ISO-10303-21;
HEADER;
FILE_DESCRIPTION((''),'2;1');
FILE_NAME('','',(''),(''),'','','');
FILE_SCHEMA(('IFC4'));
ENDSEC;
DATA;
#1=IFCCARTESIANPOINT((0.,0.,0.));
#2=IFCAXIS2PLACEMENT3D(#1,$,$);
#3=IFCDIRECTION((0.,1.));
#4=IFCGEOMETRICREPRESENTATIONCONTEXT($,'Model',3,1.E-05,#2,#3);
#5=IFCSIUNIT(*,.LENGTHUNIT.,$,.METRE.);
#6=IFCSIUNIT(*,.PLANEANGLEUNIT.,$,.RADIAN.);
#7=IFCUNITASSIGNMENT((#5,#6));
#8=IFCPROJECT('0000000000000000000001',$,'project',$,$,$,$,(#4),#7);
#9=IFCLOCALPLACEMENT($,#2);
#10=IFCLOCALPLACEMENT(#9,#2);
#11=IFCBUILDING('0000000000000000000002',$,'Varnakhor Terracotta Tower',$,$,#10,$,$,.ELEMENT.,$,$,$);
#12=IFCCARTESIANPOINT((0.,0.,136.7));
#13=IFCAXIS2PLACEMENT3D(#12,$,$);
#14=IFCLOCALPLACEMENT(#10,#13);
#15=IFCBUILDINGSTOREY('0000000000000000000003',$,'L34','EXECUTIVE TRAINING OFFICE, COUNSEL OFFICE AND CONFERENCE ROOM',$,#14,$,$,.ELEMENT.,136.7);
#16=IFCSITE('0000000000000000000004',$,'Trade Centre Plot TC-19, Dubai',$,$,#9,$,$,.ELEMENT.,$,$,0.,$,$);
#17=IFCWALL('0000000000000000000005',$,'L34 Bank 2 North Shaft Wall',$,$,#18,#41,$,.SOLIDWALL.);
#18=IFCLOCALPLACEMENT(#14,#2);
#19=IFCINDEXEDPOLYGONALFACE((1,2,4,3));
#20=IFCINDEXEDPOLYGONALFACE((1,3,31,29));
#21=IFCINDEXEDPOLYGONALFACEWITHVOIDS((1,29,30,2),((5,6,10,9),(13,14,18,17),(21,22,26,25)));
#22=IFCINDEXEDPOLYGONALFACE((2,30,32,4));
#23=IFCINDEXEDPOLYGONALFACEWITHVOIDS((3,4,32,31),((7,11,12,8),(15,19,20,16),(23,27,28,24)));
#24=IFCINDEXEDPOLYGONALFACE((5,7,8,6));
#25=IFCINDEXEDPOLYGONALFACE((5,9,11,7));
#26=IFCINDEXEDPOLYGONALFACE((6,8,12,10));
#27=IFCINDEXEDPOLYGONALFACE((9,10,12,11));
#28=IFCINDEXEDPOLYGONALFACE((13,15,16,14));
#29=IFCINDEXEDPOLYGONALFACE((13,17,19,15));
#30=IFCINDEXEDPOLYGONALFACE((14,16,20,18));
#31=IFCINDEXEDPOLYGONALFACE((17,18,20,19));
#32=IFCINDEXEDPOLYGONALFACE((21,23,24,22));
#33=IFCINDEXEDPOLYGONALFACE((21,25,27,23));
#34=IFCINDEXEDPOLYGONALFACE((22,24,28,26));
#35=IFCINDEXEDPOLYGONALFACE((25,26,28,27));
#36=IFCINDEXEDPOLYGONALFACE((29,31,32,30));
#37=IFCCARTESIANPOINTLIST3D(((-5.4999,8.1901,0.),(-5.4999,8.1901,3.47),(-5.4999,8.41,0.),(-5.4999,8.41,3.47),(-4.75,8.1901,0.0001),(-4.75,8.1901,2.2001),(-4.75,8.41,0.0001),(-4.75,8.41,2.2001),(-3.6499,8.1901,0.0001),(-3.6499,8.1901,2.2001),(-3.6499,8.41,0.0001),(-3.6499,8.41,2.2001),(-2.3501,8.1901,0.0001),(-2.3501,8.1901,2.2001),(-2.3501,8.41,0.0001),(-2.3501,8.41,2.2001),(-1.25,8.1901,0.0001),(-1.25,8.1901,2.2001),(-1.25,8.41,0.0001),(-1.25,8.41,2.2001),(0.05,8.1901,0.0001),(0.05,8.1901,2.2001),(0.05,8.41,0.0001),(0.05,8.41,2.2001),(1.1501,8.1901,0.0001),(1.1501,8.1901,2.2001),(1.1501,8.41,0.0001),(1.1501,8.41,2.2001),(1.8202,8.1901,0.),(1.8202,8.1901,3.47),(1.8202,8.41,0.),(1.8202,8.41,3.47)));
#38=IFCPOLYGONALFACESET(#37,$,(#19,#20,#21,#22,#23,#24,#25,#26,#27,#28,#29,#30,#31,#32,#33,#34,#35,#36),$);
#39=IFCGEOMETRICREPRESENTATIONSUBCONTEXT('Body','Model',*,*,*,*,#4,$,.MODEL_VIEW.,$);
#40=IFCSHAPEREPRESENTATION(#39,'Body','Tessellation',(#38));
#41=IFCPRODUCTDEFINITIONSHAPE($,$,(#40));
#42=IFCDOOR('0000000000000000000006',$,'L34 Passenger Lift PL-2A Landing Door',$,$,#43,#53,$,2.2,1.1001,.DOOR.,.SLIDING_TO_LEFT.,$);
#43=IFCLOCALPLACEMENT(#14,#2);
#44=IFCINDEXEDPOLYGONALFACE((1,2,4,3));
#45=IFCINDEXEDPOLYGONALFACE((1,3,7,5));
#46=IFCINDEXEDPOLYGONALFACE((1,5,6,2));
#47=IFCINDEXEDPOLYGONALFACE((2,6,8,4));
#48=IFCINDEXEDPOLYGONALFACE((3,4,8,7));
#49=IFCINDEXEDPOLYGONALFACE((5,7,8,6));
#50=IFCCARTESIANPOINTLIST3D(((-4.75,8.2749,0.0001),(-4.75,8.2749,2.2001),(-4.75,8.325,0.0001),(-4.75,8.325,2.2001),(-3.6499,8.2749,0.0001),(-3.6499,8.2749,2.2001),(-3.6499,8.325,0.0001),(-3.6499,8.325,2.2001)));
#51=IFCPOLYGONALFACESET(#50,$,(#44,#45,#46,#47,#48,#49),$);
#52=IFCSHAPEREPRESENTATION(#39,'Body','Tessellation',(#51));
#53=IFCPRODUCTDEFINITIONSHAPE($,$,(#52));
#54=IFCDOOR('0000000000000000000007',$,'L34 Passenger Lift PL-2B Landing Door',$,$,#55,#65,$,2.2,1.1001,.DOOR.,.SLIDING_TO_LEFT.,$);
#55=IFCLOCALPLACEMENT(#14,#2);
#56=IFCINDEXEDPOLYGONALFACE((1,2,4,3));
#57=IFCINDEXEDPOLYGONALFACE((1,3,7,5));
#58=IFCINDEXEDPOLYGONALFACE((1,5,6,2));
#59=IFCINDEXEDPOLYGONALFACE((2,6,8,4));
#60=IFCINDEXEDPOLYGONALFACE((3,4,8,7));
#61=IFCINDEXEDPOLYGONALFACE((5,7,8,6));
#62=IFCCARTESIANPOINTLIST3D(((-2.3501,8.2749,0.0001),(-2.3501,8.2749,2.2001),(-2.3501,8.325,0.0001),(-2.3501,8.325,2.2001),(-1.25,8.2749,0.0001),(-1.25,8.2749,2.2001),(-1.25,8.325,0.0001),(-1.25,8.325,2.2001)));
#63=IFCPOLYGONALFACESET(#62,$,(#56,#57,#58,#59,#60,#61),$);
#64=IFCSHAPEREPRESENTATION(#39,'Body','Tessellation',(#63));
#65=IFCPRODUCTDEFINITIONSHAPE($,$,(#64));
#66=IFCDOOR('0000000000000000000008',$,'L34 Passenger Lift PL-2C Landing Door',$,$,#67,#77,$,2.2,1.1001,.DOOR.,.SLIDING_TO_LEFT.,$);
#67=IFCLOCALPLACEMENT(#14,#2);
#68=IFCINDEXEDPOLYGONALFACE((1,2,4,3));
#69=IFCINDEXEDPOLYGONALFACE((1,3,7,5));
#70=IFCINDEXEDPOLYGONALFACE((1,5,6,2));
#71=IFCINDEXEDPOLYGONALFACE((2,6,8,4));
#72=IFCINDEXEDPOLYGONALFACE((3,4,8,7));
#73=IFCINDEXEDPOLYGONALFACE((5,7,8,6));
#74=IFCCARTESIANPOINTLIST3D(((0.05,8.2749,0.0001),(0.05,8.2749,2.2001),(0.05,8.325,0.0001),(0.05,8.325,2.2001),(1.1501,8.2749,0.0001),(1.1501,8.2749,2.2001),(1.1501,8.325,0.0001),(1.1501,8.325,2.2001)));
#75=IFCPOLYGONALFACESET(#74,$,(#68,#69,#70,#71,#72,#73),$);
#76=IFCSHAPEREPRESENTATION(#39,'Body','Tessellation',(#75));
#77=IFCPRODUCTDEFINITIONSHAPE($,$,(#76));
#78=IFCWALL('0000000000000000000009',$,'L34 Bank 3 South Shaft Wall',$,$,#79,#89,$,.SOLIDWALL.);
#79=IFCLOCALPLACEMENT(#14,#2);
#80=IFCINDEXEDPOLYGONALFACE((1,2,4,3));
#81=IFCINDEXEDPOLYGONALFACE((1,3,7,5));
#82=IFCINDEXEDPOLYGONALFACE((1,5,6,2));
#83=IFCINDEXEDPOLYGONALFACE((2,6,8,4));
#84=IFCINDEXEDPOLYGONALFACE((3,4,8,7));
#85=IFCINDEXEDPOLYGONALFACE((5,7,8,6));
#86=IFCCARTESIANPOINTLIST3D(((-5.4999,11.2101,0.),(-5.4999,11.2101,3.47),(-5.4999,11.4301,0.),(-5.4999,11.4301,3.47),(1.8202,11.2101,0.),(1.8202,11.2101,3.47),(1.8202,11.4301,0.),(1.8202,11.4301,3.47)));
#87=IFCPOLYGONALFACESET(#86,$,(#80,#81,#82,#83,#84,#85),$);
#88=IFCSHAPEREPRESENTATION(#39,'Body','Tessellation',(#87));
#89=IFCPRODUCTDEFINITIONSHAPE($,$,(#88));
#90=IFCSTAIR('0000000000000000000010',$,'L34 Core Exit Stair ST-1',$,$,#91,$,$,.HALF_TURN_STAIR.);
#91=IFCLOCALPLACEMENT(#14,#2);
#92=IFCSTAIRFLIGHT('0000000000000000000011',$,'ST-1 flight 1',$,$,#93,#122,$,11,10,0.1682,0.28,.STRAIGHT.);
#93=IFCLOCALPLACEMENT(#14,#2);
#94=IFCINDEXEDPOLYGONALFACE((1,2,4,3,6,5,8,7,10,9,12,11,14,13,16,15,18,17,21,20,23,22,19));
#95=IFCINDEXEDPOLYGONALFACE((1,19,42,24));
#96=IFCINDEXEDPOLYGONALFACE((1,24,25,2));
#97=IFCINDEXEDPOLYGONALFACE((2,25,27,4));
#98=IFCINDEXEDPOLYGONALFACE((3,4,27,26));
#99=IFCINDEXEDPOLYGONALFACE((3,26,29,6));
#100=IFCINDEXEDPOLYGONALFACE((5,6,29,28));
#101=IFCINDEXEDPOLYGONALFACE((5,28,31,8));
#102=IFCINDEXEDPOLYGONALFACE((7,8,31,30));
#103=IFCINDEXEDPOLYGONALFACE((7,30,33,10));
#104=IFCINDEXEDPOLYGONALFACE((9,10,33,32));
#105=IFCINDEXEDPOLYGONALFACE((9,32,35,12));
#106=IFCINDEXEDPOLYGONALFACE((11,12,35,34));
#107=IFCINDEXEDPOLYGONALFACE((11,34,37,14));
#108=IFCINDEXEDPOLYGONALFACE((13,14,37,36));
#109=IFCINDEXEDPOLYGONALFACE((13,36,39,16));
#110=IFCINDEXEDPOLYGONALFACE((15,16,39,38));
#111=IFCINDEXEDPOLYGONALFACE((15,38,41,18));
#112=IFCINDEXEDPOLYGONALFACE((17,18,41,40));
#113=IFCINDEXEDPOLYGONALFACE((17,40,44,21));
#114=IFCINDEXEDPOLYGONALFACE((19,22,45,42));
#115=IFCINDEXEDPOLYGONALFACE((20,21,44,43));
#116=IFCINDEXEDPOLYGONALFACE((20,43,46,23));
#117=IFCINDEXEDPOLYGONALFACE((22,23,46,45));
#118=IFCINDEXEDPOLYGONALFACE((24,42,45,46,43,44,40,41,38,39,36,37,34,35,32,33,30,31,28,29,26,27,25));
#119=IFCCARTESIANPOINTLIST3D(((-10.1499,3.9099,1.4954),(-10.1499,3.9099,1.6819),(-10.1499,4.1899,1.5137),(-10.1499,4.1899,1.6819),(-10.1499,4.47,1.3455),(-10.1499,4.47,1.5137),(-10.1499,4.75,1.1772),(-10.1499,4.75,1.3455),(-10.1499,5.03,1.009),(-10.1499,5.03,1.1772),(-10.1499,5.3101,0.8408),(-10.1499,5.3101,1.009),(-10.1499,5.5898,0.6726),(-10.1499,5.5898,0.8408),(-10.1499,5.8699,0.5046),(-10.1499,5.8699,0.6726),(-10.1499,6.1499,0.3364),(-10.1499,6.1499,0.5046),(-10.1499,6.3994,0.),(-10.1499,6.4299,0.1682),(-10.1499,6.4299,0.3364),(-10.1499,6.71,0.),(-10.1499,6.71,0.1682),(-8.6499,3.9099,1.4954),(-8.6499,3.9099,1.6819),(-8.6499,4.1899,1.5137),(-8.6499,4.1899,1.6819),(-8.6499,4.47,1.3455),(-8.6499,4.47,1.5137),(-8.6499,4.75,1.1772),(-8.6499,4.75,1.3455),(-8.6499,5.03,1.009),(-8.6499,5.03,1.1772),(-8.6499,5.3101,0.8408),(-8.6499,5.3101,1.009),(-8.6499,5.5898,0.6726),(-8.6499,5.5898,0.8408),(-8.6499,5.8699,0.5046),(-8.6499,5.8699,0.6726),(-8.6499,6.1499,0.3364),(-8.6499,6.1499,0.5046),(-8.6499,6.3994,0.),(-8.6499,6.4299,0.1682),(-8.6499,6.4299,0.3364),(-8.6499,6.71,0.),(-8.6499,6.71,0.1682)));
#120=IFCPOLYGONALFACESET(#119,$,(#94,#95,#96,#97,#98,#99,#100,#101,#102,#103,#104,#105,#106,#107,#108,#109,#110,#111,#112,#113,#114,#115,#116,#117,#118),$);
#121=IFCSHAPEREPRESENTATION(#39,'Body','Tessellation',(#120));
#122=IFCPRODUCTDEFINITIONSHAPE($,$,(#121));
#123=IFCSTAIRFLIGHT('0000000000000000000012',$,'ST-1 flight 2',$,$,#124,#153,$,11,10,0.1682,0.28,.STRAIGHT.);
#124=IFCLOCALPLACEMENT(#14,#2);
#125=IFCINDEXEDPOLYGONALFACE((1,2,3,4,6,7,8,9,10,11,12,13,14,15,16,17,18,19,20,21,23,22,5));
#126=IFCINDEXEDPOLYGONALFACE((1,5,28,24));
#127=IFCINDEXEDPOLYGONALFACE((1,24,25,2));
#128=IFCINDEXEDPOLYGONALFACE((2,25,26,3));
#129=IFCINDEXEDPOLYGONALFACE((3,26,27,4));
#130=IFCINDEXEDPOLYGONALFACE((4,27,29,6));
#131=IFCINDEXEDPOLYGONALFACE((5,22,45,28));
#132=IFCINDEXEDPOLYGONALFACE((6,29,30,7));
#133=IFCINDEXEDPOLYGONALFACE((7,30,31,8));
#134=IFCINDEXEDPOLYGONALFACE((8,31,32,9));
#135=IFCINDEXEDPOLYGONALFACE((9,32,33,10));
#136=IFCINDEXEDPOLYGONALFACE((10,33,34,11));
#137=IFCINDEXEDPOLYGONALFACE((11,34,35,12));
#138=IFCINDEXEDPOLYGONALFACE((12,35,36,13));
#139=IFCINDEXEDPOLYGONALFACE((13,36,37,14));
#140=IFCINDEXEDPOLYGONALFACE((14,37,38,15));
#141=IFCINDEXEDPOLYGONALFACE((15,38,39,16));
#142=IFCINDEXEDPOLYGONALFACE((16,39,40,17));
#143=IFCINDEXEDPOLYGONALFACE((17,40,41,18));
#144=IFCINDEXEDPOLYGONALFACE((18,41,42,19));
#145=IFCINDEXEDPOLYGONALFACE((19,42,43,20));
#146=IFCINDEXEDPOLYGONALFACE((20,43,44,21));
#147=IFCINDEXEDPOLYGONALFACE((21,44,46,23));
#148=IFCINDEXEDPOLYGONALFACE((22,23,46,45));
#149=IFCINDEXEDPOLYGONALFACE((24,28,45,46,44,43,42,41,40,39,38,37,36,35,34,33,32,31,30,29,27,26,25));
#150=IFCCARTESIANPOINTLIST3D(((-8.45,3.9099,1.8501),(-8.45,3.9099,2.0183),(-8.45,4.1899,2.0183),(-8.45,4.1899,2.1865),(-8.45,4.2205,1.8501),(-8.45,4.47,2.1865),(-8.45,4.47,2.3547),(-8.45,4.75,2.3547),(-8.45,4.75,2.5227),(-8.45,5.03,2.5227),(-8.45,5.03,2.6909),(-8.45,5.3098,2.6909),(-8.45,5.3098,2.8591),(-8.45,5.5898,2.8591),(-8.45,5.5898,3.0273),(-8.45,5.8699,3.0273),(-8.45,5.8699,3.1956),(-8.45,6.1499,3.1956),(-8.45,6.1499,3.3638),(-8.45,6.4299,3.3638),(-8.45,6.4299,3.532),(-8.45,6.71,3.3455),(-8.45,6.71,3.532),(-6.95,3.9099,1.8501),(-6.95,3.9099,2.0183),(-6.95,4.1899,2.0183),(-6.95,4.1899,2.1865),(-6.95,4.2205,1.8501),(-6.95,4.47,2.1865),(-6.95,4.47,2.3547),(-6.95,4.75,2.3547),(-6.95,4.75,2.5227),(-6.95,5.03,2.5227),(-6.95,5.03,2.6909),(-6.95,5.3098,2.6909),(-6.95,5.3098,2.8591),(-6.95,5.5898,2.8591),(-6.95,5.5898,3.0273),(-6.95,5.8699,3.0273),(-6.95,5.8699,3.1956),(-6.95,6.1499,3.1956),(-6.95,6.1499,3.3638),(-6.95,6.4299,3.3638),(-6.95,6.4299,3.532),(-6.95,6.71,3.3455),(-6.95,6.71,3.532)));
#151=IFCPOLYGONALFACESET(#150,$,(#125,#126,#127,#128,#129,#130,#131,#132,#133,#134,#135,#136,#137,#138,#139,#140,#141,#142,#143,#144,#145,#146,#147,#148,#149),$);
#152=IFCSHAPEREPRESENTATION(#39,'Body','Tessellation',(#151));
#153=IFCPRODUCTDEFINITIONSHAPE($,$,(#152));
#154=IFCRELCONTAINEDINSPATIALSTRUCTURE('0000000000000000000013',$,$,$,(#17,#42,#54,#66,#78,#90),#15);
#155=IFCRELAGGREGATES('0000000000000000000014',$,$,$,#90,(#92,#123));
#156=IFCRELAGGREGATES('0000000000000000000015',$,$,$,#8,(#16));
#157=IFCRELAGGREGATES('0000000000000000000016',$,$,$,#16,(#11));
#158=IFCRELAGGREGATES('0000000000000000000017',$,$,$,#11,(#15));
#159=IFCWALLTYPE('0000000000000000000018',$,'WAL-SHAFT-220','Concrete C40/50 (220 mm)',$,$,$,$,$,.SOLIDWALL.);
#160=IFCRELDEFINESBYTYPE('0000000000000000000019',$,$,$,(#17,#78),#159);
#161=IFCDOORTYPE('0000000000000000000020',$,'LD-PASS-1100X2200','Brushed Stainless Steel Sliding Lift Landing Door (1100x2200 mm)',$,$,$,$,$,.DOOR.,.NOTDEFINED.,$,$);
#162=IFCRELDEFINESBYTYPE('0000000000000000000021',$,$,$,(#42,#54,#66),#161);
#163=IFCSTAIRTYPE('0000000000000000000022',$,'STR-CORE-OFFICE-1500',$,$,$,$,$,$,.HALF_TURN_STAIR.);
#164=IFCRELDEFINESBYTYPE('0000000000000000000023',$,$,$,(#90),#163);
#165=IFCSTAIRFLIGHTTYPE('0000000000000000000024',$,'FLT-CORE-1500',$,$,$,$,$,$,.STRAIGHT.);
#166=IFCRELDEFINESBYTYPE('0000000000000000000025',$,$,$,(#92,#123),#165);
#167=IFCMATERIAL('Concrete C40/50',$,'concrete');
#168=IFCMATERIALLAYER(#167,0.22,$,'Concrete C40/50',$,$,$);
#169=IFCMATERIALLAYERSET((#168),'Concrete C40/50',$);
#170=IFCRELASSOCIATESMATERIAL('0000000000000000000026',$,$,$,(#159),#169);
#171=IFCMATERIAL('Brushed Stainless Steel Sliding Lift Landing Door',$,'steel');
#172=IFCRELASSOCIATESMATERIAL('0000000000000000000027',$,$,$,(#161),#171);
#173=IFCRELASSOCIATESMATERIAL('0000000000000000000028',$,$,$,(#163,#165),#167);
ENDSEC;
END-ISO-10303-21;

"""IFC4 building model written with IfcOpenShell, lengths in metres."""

from ifc_helpers import new_model, si_unit, direction, frame, frame_2d, origin, place, context, subcontext, project, spatial, polyline, rectangle, outline, extrude, source, transform, mapped, material, layer, layer_set, type_object, type_shapes, element, fill, aggregate, save


model = new_model("IFC4")

# Units and contexts
model_context = context("Model", 3, precision=1e-05, world=origin(), true_north=direction((0.0, 1.0)))
body_context = subcontext(model_context, "Body", "Model", "MODEL_VIEW")
ifc_project = project(units=[si_unit("LENGTHUNIT", "METRE"), si_unit("PLANEANGLEUNIT", "RADIAN")], contexts=[model_context])

# Site, building, storey
site_placement = place(None, origin())
site = spatial("IfcSite", under=ifc_project, at=site_placement, Name="Trade Centre Plot TC-19, Dubai", CompositionType="ELEMENT", RefElevation=0.0)
building_placement = place(site_placement, origin())
building = spatial("IfcBuilding", under=site, at=building_placement, Name="Varnakhor Terracotta Tower", CompositionType="ELEMENT")
storey_placement = place(building_placement, frame((0.0, 0.0, 136.7)))
storey = spatial("IfcBuildingStorey", under=building, at=storey_placement, Name="L34", Description="EXECUTIVE TRAINING OFFICE, COUNSEL OFFICE AND CONFERENCE ROOM", CompositionType="ELEMENT", Elevation=136.7)

# Shared definitions
ifc_material_1 = material(Name="Concrete C40/50", Category="concrete")

# Shared definitions
ifc_layer_1 = layer(ifc_material_1, 0.22, Name="Concrete C40/50")
ifc_layer_set_1 = layer_set([ifc_layer_1], Name="Concrete C40/50")
wall_type_1 = type_object("IfcWallType", Name="WAL-SHAFT-220", Description="Concrete C40/50 (220 mm)", PredefinedType="SOLIDWALL", material=ifc_layer_set_1)

# Wall, openings, doors
wall_1_placement = place(storey_placement, frame((-5.5, 8.3, 0.0), z_axis=(0.0, 0.0, 1.0), x_axis=(1.0, 0.0, 0.0)))
wall_1 = element("IfcWall", 1, at=wall_1_placement, inside=storey, type_object=wall_type_1, Name="L34 Bank 2 North Shaft Wall", PredefinedType="SOLIDWALL", context=body_context, shape_type="SweptSolid", body=[
    extrude(rectangle(XDim=7.3201, YDim=0.22, at=frame_2d((3.6602, 0.0))), origin(), (0.0, 0.0, 1.0), 3.47),
])
opening_1_placement = place(wall_1_placement, frame((0.75, 0.0, 0.0)))
opening_1 = element("IfcOpeningElement", 2, at=opening_1_placement, cuts=wall_1, PredefinedType="OPENING", context=body_context, shape_type="SweptSolid", body=[
    extrude(rectangle(XDim=1.1001, YDim=2.2, at=frame_2d((0.55, 1.1001))), frame((0.0, 0.1201, 0.0), z_axis=(0.0, -1.0, 0.0), x_axis=(1.0, 0.0, 0.0)), (0.0, 0.0, 1.0), 0.24),
])
opening_2_placement = place(wall_1_placement, frame((3.1499, 0.0, 0.0)))
opening_2 = element("IfcOpeningElement", 3, at=opening_2_placement, cuts=wall_1, PredefinedType="OPENING", context=body_context, shape_type="SweptSolid", body=[
    extrude(rectangle(XDim=1.1001, YDim=2.2, at=frame_2d((0.55, 1.1001))), frame((0.0, 0.1201, 0.0), z_axis=(0.0, -1.0, 0.0), x_axis=(1.0, 0.0, 0.0)), (0.0, 0.0, 1.0), 0.24),
])
opening_3_placement = place(wall_1_placement, frame((5.55, 0.0, 0.0)))
opening_3 = element("IfcOpeningElement", 4, at=opening_3_placement, cuts=wall_1, PredefinedType="OPENING", context=body_context, shape_type="SweptSolid", body=[
    extrude(rectangle(XDim=1.1001, YDim=2.2, at=frame_2d((0.55, 1.1001))), frame((0.0, 0.1201, 0.0), z_axis=(0.0, -1.0, 0.0), x_axis=(1.0, 0.0, 0.0)), (0.0, 0.0, 1.0), 0.24),
])
ifc_material_2 = material(Name="Brushed Stainless Steel Sliding Lift Landing Door", Category="steel")
door_type_1 = type_object("IfcDoorType", Name="LD-PASS-1100X2200", Description="Brushed Stainless Steel Sliding Lift Landing Door (1100x2200 mm)", OperationType="NOTDEFINED", PredefinedType="DOOR", material=ifc_material_2)
shared_shape_1 = source(origin(), body_context, "Body", "SweptSolid", [
    extrude(rectangle(XDim=1.1001, YDim=2.2, at=frame_2d((0.55, 1.1001))), frame((0.0, 0.0249, 0.0), z_axis=(0.0, -1.0, 0.0), x_axis=(1.0, 0.0, 0.0)), (0.0, 0.0, 1.0), 0.05),
])
type_shapes(door_type_1, [shared_shape_1])
door_1_placement = place(opening_1_placement, origin())
door_1 = element("IfcDoor", 5, at=door_1_placement, inside=storey, type_object=door_type_1, Name="L34 Passenger Lift PL-2A Landing Door", OperationType="SLIDING_TO_LEFT", OverallHeight=2.2, OverallWidth=1.1001, PredefinedType="DOOR", context=body_context, shape_type="MappedRepresentation", body=[
    mapped(shared_shape_1, transform((0.0, 0.0, 0.0), scale=1.0)),
])
fill(opening_1, door_1)
door_2_placement = place(opening_2_placement, origin())
door_2 = element("IfcDoor", 6, at=door_2_placement, inside=storey, type_object=door_type_1, Name="L34 Passenger Lift PL-2B Landing Door", OperationType="SLIDING_TO_LEFT", OverallHeight=2.2, OverallWidth=1.1001, PredefinedType="DOOR", context=body_context, shape_type="MappedRepresentation", body=[
    mapped(shared_shape_1, transform((0.0, 0.0, 0.0), scale=1.0)),
])
fill(opening_2, door_2)
door_3_placement = place(opening_3_placement, origin())
door_3 = element("IfcDoor", 7, at=door_3_placement, inside=storey, type_object=door_type_1, Name="L34 Passenger Lift PL-2C Landing Door", OperationType="SLIDING_TO_LEFT", OverallHeight=2.2, OverallWidth=1.1001, PredefinedType="DOOR", context=body_context, shape_type="MappedRepresentation", body=[
    mapped(shared_shape_1, transform((0.0, 0.0, 0.0), scale=1.0)),
])
fill(opening_3, door_3)

# Wall
wall_2_placement = place(storey_placement, frame((-5.5, 11.3201, 0.0), z_axis=(0.0, 0.0, 1.0), x_axis=(1.0, 0.0, 0.0)))
element("IfcWall", 8, at=wall_2_placement, inside=storey, type_object=wall_type_1, Name="L34 Bank 3 South Shaft Wall", PredefinedType="SOLIDWALL", context=body_context, shape_type="SweptSolid", body=[
    extrude(rectangle(XDim=7.3201, YDim=0.22, at=frame_2d((3.6602, 0.0))), origin(), (0.0, 0.0, 1.0), 3.47),
])

# Stair, stair flights
stair_type = type_object("IfcStairType", Name="STR-CORE-OFFICE-1500", PredefinedType="HALF_TURN_STAIR", material=ifc_material_1)
stair_placement = place(storey_placement, origin())
stair = element("IfcStair", 9, at=stair_placement, inside=storey, type_object=stair_type, Name="L34 Core Exit Stair ST-1", PredefinedType="HALF_TURN_STAIR")
stair_flight_type = type_object("IfcStairFlightType", Name="FLT-CORE-1500", PredefinedType="STRAIGHT", material=ifc_material_1)
stair_flight_1_placement = place(storey_placement, frame((-9.3999, 6.71, 0.0), z_axis=(0.0, 0.0, 1.0), x_axis=(0.0, -1.0, 0.0)))
stair_flight_1 = element("IfcStairFlight", 10, at=stair_flight_1_placement, type_object=stair_flight_type, Name="ST-1 flight 1", NumberOfRisers=11, NumberOfTreads=10, PredefinedType="STRAIGHT", RiserHeight=0.1682, TreadLength=0.28, context=body_context, shape_type="SweptSolid", body=[
    extrude(outline(polyline([(0.0, 0.0), (0.0, 0.1682), (0.28, 0.1682), (0.28, 0.3364), (0.5601, 0.3364), (0.5601, 0.5046), (0.8401, 0.5046), (0.8401, 0.6726), (1.1201, 0.6726), (1.1201, 0.8408), (1.3999, 0.8408), (1.3999, 1.009), (1.6799, 1.009), (1.6799, 1.1772), (1.96, 1.1772), (1.96, 1.3455), (2.24, 1.3455), (2.24, 1.5137), (2.52, 1.5137), (2.52, 1.6819), (2.8, 1.6819), (2.8, 1.8501), (2.8, 1.4954), (0.3105, 0.0), (0.0, 0.0)])), frame((0.0, 0.75, 0.0), z_axis=(0.0, -1.0, 0.0), x_axis=(1.0, 0.0, 0.0)), (0.0, 0.0, 1.0), 1.5),
])
stair_flight_2_placement = place(storey_placement, frame((-7.7, 3.9099, 1.8501), z_axis=(0.0, 0.0, 1.0), x_axis=(0.0, 1.0, 0.0)))
stair_flight_2 = element("IfcStairFlight", 11, at=stair_flight_2_placement, type_object=stair_flight_type, Name="ST-1 flight 2", NumberOfRisers=11, NumberOfTreads=10, PredefinedType="STRAIGHT", RiserHeight=0.1682, TreadLength=0.28, context=body_context, shape_type="SweptSolid", body=[
    extrude(outline(polyline([(0.0, 0.0), (0.0, 0.1682), (0.28, 0.1682), (0.28, 0.3364), (0.5601, 0.3364), (0.5601, 0.5046), (0.8401, 0.5046), (0.8401, 0.6726), (1.1201, 0.6726), (1.1201, 0.8408), (1.3999, 0.8408), (1.3999, 1.009), (1.6799, 1.009), (1.6799, 1.1772), (1.96, 1.1772), (1.96, 1.3455), (2.24, 1.3455), (2.24, 1.5137), (2.52, 1.5137), (2.52, 1.6819), (2.8, 1.6819), (2.8, 1.8501), (2.8, 1.4954), (0.3105, 0.0), (0.0, 0.0)])), frame((0.0, 0.75, 0.0), z_axis=(0.0, -1.0, 0.0), x_axis=(1.0, 0.0, 0.0)), (0.0, 0.0, 1.0), 1.5),
])
aggregate(stair, [stair_flight_1, stair_flight_2])

save(model, "model.ifc")
